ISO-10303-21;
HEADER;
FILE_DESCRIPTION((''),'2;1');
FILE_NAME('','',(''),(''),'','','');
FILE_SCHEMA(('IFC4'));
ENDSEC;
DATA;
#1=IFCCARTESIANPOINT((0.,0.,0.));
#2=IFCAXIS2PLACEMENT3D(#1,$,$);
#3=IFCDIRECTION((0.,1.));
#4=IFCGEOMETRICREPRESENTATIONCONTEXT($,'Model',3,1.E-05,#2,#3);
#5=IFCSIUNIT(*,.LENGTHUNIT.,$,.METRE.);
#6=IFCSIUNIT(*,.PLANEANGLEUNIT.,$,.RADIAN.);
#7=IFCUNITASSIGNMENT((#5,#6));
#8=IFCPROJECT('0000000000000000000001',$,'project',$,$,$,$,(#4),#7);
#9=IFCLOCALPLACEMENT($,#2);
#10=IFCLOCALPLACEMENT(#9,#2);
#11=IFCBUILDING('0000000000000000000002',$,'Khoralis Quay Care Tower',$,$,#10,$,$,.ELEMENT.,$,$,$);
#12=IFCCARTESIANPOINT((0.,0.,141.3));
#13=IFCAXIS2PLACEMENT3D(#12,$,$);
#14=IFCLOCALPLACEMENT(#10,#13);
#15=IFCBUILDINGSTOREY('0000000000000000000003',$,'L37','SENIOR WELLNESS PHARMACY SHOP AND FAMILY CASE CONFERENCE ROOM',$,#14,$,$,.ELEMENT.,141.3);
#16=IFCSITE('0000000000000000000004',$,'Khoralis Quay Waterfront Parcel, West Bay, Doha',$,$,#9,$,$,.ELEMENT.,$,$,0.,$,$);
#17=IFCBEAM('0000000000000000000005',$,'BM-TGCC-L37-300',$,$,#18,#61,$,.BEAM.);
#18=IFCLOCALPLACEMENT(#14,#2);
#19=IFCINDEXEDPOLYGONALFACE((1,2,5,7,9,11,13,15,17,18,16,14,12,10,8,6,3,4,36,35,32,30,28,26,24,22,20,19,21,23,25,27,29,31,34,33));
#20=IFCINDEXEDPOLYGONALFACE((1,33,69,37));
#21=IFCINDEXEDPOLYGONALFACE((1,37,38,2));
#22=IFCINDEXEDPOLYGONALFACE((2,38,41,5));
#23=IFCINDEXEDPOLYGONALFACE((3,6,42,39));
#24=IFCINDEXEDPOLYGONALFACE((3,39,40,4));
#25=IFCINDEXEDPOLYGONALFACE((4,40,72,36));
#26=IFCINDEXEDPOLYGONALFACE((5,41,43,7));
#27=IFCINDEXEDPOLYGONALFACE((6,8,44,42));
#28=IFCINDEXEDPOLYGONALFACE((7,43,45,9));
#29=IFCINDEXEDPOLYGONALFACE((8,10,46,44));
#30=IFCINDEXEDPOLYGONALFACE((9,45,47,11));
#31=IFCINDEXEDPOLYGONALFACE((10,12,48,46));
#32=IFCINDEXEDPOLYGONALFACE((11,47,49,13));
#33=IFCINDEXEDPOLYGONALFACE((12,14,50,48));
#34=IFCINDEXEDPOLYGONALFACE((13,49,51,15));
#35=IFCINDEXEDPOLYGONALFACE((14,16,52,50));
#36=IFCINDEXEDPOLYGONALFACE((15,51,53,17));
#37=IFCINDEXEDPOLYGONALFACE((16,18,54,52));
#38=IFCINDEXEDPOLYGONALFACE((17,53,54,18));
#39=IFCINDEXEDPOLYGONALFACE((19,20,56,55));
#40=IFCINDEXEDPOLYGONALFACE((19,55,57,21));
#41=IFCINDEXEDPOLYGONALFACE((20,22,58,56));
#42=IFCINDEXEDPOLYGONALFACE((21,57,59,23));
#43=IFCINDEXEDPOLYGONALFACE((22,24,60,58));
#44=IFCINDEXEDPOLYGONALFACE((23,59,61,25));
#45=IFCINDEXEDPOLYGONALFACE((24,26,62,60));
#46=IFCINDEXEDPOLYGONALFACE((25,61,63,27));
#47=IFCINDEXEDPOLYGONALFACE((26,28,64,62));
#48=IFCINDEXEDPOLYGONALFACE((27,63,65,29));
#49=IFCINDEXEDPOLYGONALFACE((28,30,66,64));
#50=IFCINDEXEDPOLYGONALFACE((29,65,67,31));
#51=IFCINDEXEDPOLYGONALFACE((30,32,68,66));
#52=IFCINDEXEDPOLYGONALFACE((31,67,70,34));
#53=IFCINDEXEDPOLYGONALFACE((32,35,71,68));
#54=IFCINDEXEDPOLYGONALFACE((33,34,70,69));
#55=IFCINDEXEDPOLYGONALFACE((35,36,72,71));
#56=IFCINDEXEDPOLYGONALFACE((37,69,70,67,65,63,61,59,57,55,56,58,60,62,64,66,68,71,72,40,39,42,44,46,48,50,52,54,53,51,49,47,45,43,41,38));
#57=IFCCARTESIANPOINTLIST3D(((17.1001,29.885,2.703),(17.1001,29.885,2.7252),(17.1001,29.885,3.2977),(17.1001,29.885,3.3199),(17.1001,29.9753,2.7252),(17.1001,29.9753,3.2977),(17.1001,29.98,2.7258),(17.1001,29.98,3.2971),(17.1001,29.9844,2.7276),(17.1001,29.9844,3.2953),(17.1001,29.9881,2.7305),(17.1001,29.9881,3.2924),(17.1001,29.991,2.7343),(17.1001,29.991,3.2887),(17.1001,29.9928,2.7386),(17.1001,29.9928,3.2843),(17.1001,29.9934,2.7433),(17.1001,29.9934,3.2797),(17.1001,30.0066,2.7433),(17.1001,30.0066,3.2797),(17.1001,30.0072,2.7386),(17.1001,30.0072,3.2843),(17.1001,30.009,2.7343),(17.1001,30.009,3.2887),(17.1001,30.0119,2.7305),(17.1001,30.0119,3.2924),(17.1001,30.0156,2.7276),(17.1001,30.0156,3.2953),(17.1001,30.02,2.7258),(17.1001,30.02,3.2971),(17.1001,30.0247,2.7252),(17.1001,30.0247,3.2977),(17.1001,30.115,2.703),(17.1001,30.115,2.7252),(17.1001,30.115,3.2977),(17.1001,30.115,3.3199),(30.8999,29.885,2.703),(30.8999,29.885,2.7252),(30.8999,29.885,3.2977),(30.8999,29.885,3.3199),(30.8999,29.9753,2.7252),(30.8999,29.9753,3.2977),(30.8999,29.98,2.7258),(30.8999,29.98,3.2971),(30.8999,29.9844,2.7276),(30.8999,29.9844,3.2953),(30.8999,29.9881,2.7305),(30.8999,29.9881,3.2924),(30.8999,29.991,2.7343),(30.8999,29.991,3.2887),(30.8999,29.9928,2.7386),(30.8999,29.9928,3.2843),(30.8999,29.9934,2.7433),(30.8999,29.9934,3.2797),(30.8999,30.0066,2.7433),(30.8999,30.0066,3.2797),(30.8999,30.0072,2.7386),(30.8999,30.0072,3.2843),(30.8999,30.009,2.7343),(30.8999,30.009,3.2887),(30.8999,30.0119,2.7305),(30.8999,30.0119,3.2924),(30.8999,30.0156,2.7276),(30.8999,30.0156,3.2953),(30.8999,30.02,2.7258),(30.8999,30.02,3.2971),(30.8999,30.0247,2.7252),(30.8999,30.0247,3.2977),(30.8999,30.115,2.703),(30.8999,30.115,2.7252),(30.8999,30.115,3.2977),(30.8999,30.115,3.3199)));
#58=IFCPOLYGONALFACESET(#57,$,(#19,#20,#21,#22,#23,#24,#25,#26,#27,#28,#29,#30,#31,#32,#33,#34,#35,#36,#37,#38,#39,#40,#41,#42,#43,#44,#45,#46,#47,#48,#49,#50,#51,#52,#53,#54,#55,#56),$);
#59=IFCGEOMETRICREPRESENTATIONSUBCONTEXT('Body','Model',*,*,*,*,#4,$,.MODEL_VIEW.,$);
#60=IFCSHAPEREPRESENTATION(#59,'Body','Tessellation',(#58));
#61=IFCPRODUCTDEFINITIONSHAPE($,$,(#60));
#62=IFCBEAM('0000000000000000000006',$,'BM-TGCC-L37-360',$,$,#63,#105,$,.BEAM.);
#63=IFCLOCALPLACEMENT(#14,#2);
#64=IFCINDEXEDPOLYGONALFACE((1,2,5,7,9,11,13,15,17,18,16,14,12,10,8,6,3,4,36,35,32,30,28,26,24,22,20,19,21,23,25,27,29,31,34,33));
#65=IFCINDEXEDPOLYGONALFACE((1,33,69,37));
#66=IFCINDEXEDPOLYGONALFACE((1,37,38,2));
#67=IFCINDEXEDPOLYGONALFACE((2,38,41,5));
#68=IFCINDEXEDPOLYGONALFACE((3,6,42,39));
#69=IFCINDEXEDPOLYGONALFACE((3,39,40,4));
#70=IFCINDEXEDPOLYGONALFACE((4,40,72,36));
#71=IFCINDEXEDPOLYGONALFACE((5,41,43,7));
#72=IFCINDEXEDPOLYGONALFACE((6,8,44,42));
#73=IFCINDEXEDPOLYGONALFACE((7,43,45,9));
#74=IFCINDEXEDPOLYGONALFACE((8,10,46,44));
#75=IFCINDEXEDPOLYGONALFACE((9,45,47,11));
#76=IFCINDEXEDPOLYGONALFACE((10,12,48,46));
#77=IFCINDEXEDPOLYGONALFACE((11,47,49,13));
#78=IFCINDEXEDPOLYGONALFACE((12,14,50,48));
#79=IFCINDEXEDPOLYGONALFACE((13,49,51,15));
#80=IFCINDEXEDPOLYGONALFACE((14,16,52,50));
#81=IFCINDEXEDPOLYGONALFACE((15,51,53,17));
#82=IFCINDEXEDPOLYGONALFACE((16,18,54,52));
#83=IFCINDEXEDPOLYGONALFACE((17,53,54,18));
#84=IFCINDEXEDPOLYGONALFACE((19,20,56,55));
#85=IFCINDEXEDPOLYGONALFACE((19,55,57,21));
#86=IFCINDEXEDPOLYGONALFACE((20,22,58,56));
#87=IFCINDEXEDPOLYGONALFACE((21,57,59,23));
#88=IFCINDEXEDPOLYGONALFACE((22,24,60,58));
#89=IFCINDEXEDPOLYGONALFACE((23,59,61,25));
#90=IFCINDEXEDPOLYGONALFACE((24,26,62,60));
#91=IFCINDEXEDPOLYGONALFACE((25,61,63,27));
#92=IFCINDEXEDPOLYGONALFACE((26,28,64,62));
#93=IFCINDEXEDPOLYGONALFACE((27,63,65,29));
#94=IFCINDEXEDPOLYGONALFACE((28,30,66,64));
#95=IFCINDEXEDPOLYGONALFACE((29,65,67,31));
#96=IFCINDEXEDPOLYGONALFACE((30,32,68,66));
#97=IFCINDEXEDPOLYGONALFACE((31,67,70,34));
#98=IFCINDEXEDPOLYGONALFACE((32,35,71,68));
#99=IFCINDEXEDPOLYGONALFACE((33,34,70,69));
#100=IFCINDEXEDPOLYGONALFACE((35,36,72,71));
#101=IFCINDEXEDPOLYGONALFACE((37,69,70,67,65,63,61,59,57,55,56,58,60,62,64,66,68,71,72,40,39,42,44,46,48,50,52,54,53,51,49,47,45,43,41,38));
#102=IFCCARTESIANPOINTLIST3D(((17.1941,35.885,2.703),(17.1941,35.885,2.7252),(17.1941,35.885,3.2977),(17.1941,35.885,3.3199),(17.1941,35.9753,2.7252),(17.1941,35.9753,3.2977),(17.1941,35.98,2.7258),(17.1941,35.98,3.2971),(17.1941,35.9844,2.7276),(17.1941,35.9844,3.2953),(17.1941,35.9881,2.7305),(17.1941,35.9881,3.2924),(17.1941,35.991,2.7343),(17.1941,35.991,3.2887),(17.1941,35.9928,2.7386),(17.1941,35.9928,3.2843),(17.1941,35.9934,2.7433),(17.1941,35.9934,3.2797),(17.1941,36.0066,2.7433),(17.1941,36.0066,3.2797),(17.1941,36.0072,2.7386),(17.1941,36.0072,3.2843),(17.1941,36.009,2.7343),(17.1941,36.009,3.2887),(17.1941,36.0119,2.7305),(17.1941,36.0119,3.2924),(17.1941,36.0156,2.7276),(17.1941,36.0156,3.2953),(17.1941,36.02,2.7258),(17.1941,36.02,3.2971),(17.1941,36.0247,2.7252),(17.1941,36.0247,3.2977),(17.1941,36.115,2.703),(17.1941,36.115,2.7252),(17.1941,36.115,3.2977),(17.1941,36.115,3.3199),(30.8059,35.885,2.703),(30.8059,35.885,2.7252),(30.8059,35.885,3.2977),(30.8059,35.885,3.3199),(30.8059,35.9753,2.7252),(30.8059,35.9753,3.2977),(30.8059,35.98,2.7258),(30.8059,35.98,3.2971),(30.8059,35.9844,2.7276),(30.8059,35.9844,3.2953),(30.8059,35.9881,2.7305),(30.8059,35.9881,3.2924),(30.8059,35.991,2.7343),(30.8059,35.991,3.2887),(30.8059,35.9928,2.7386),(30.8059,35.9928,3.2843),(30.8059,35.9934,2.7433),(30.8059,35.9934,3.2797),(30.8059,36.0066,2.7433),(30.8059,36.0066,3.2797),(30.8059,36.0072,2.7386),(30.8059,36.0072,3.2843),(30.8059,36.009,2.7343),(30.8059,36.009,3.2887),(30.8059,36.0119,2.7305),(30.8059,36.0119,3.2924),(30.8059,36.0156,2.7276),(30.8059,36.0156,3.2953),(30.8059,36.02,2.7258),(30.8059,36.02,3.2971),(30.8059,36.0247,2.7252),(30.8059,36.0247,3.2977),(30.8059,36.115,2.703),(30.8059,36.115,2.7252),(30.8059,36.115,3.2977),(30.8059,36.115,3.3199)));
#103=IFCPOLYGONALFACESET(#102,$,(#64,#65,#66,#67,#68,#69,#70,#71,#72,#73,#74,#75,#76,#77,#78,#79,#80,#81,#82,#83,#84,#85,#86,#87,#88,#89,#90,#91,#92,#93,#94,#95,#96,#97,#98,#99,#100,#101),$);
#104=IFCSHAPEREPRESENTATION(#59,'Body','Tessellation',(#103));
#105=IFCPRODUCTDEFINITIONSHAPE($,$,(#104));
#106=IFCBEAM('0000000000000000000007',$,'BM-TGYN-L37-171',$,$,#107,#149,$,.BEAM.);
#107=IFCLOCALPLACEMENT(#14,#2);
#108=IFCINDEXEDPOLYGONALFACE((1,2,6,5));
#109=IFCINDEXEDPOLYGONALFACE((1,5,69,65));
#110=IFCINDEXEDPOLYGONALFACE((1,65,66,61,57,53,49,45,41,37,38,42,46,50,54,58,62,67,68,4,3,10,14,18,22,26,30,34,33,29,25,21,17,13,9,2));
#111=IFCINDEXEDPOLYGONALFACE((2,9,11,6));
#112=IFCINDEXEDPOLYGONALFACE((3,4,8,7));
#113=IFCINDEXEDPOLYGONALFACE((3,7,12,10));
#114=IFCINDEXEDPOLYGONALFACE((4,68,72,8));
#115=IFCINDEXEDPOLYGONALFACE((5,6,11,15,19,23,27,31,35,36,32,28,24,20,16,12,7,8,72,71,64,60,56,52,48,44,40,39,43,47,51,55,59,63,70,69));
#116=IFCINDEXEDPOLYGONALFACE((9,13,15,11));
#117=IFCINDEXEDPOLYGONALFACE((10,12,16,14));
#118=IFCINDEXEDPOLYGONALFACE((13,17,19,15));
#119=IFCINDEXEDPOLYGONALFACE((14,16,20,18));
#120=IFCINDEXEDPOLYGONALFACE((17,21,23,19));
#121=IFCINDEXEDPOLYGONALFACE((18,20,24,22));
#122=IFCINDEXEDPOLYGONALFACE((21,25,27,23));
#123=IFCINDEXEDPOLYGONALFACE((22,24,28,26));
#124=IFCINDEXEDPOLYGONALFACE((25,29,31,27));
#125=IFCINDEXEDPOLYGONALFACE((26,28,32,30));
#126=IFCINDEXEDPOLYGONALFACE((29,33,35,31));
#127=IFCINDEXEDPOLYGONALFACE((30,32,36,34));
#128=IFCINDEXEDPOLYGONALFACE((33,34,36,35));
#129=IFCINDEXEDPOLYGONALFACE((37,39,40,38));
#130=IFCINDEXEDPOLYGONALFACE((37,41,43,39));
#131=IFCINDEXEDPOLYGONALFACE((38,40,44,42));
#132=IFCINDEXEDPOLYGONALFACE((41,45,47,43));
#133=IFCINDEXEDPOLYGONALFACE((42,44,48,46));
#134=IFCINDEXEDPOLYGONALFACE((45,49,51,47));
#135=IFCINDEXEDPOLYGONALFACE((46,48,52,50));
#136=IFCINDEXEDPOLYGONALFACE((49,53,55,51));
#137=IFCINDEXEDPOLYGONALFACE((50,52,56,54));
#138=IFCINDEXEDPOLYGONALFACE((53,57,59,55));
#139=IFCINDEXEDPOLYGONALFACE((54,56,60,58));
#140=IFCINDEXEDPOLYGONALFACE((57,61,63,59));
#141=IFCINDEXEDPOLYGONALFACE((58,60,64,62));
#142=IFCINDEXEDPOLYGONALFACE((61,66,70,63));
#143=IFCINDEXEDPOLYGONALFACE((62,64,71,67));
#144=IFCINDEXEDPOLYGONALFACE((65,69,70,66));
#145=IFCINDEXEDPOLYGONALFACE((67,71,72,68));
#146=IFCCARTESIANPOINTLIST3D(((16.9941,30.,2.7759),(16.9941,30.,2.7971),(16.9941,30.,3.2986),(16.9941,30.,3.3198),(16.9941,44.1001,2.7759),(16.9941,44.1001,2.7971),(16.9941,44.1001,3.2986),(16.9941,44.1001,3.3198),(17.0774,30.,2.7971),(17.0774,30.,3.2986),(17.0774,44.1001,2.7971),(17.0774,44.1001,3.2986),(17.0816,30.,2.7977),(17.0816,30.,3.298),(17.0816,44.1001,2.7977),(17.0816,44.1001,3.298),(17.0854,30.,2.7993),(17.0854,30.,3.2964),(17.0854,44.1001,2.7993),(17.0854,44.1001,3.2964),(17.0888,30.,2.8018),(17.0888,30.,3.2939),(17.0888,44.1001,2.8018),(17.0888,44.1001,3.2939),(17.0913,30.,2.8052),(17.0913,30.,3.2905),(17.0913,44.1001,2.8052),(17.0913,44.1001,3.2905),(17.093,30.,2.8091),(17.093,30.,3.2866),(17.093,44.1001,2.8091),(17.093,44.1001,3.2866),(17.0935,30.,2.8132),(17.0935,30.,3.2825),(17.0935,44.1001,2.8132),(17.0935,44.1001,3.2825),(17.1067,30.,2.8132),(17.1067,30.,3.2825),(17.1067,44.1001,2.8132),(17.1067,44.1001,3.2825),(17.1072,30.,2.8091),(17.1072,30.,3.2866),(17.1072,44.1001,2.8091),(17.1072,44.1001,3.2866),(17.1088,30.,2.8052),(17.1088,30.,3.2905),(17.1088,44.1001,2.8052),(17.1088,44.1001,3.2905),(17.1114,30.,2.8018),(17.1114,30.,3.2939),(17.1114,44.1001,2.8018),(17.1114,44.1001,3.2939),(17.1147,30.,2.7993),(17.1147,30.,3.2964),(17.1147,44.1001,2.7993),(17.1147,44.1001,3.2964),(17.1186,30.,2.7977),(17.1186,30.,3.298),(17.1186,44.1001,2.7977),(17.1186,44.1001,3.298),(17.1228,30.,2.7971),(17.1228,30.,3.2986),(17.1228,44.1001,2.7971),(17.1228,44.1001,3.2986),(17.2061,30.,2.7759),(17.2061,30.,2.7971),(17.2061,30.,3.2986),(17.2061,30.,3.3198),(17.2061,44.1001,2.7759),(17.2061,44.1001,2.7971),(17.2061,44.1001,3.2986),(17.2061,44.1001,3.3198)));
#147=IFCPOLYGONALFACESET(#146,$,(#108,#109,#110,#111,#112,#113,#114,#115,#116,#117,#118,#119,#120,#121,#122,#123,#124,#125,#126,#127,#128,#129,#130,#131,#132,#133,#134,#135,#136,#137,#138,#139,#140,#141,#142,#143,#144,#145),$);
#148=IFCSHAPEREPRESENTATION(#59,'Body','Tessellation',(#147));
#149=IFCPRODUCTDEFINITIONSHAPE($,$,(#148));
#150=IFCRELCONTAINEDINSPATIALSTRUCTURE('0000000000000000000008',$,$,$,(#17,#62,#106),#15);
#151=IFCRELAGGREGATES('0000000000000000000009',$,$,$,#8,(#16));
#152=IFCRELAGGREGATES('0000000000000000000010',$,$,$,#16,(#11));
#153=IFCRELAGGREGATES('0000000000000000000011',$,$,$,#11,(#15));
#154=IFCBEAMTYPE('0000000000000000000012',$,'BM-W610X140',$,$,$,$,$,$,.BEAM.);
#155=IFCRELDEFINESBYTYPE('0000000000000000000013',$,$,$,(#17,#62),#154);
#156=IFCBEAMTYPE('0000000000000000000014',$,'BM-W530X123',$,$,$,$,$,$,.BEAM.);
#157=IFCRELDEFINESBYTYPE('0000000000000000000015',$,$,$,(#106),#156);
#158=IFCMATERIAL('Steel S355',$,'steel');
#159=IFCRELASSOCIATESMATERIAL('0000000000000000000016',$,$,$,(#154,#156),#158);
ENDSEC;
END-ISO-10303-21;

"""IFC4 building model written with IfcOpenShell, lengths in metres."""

from ifc_helpers import new_model, si_unit, direction, frame, origin, origin_2d, place, context, subcontext, project, spatial, i_section, extrude, source, transform, mapped, material, material_profile, profile_set, type_object, element, save


model = new_model("IFC4")

# Units and contexts
model_context = context("Model", 3, precision=1e-05, world=origin(), true_north=direction((0.0, 1.0)))
body_context = subcontext(model_context, "Body", "Model", "MODEL_VIEW")
ifc_project = project(units=[si_unit("LENGTHUNIT", "METRE"), si_unit("PLANEANGLEUNIT", "RADIAN")], contexts=[model_context])

# Site, building, storey
site_placement = place(None, origin())
site = spatial("IfcSite", under=ifc_project, at=site_placement, Name="Khoralis Quay Waterfront Parcel, West Bay, Doha", CompositionType="ELEMENT", RefElevation=0.0)
building_placement = place(site_placement, origin())
building = spatial("IfcBuilding", under=site, at=building_placement, Name="Khoralis Quay Care Tower", CompositionType="ELEMENT")
storey_placement = place(building_placement, frame((0.0, 0.0, 141.3)))
storey = spatial("IfcBuildingStorey", under=building, at=storey_placement, Name="L37", Description="SENIOR WELLNESS PHARMACY SHOP AND FAMILY CASE CONFERENCE ROOM", CompositionType="ELEMENT", Elevation=141.3)

# Beams
ifc_material_1 = material(Name="Steel S355", Category="steel")
ifc_material_profile_1 = material_profile(ifc_material_1, i_section(OverallWidth=0.23, OverallDepth=0.6169, WebThickness=0.0132, FlangeThickness=0.0222, FilletRadius=0.0181, at=origin_2d()), Name="Steel S355")
ifc_profile_set_1 = profile_set([ifc_material_profile_1], Name="Steel S355")
beam_type_1 = type_object("IfcBeamType", Name="BM-W610X140", PredefinedType="BEAM", material=ifc_profile_set_1)
shared_shape_1 = source(origin(), body_context, "Body", "SweptSolid", [
    extrude(i_section(OverallWidth=0.23, OverallDepth=0.6169, WebThickness=0.0132, FlangeThickness=0.0222, FilletRadius=0.0181, at=origin_2d()), origin(), (0.0, 0.0, 1.0), 13.7998),
])
beam_1_placement = place(storey_placement, frame((17.1001, 30.0, 3.0115), z_axis=(1.0, 0.0, 0.0), x_axis=(0.0, 1.0, 0.0)))
element("IfcBeam", 1, at=beam_1_placement, inside=storey, type_object=beam_type_1, Name="BM-TGCC-L37-300", PredefinedType="BEAM", context=body_context, shape_type="MappedRepresentation", body=[
    mapped(shared_shape_1, transform((0.0, 0.0, 0.0), scale=1.0)),
])
shared_shape_2 = source(origin(), body_context, "Body", "SweptSolid", [
    extrude(i_section(OverallWidth=0.23, OverallDepth=0.6169, WebThickness=0.0132, FlangeThickness=0.0222, FilletRadius=0.0181, at=origin_2d()), origin(), (0.0, 0.0, 1.0), 13.6118),
])
beam_2_placement = place(storey_placement, frame((17.1941, 36.0, 3.0115), z_axis=(1.0, 0.0, 0.0), x_axis=(0.0, 1.0, 0.0)))
element("IfcBeam", 2, at=beam_2_placement, inside=storey, type_object=beam_type_1, Name="BM-TGCC-L37-360", PredefinedType="BEAM", context=body_context, shape_type="MappedRepresentation", body=[
    mapped(shared_shape_2, transform((0.0, 0.0, 0.0), scale=1.0)),
])
ifc_material_profile_2 = material_profile(ifc_material_1, i_section(OverallWidth=0.2119, OverallDepth=0.5439, WebThickness=0.0132, FlangeThickness=0.0212, FilletRadius=0.0161, at=origin_2d()), Name="Steel S355")
ifc_profile_set_2 = profile_set([ifc_material_profile_2], Name="Steel S355")
beam_type_2 = type_object("IfcBeamType", Name="BM-W530X123", PredefinedType="BEAM", material=ifc_profile_set_2)
shared_shape_3 = source(origin(), body_context, "Body", "SweptSolid", [
    extrude(i_section(OverallWidth=0.2119, OverallDepth=0.5439, WebThickness=0.0132, FlangeThickness=0.0212, FilletRadius=0.0161, at=origin_2d()), origin(), (0.0, 0.0, 1.0), 14.1001),
])
beam_3_placement = place(storey_placement, frame((17.1001, 30.0, 3.0479), z_axis=(0.0, 1.0, 0.0), x_axis=(-1.0, 0.0, 0.0)))
element("IfcBeam", 3, at=beam_3_placement, inside=storey, type_object=beam_type_2, Name="BM-TGYN-L37-171", PredefinedType="BEAM", context=body_context, shape_type="MappedRepresentation", body=[
    mapped(shared_shape_3, transform((0.0, 0.0, 0.0), scale=1.0)),
])

save(model, "model.ifc")
